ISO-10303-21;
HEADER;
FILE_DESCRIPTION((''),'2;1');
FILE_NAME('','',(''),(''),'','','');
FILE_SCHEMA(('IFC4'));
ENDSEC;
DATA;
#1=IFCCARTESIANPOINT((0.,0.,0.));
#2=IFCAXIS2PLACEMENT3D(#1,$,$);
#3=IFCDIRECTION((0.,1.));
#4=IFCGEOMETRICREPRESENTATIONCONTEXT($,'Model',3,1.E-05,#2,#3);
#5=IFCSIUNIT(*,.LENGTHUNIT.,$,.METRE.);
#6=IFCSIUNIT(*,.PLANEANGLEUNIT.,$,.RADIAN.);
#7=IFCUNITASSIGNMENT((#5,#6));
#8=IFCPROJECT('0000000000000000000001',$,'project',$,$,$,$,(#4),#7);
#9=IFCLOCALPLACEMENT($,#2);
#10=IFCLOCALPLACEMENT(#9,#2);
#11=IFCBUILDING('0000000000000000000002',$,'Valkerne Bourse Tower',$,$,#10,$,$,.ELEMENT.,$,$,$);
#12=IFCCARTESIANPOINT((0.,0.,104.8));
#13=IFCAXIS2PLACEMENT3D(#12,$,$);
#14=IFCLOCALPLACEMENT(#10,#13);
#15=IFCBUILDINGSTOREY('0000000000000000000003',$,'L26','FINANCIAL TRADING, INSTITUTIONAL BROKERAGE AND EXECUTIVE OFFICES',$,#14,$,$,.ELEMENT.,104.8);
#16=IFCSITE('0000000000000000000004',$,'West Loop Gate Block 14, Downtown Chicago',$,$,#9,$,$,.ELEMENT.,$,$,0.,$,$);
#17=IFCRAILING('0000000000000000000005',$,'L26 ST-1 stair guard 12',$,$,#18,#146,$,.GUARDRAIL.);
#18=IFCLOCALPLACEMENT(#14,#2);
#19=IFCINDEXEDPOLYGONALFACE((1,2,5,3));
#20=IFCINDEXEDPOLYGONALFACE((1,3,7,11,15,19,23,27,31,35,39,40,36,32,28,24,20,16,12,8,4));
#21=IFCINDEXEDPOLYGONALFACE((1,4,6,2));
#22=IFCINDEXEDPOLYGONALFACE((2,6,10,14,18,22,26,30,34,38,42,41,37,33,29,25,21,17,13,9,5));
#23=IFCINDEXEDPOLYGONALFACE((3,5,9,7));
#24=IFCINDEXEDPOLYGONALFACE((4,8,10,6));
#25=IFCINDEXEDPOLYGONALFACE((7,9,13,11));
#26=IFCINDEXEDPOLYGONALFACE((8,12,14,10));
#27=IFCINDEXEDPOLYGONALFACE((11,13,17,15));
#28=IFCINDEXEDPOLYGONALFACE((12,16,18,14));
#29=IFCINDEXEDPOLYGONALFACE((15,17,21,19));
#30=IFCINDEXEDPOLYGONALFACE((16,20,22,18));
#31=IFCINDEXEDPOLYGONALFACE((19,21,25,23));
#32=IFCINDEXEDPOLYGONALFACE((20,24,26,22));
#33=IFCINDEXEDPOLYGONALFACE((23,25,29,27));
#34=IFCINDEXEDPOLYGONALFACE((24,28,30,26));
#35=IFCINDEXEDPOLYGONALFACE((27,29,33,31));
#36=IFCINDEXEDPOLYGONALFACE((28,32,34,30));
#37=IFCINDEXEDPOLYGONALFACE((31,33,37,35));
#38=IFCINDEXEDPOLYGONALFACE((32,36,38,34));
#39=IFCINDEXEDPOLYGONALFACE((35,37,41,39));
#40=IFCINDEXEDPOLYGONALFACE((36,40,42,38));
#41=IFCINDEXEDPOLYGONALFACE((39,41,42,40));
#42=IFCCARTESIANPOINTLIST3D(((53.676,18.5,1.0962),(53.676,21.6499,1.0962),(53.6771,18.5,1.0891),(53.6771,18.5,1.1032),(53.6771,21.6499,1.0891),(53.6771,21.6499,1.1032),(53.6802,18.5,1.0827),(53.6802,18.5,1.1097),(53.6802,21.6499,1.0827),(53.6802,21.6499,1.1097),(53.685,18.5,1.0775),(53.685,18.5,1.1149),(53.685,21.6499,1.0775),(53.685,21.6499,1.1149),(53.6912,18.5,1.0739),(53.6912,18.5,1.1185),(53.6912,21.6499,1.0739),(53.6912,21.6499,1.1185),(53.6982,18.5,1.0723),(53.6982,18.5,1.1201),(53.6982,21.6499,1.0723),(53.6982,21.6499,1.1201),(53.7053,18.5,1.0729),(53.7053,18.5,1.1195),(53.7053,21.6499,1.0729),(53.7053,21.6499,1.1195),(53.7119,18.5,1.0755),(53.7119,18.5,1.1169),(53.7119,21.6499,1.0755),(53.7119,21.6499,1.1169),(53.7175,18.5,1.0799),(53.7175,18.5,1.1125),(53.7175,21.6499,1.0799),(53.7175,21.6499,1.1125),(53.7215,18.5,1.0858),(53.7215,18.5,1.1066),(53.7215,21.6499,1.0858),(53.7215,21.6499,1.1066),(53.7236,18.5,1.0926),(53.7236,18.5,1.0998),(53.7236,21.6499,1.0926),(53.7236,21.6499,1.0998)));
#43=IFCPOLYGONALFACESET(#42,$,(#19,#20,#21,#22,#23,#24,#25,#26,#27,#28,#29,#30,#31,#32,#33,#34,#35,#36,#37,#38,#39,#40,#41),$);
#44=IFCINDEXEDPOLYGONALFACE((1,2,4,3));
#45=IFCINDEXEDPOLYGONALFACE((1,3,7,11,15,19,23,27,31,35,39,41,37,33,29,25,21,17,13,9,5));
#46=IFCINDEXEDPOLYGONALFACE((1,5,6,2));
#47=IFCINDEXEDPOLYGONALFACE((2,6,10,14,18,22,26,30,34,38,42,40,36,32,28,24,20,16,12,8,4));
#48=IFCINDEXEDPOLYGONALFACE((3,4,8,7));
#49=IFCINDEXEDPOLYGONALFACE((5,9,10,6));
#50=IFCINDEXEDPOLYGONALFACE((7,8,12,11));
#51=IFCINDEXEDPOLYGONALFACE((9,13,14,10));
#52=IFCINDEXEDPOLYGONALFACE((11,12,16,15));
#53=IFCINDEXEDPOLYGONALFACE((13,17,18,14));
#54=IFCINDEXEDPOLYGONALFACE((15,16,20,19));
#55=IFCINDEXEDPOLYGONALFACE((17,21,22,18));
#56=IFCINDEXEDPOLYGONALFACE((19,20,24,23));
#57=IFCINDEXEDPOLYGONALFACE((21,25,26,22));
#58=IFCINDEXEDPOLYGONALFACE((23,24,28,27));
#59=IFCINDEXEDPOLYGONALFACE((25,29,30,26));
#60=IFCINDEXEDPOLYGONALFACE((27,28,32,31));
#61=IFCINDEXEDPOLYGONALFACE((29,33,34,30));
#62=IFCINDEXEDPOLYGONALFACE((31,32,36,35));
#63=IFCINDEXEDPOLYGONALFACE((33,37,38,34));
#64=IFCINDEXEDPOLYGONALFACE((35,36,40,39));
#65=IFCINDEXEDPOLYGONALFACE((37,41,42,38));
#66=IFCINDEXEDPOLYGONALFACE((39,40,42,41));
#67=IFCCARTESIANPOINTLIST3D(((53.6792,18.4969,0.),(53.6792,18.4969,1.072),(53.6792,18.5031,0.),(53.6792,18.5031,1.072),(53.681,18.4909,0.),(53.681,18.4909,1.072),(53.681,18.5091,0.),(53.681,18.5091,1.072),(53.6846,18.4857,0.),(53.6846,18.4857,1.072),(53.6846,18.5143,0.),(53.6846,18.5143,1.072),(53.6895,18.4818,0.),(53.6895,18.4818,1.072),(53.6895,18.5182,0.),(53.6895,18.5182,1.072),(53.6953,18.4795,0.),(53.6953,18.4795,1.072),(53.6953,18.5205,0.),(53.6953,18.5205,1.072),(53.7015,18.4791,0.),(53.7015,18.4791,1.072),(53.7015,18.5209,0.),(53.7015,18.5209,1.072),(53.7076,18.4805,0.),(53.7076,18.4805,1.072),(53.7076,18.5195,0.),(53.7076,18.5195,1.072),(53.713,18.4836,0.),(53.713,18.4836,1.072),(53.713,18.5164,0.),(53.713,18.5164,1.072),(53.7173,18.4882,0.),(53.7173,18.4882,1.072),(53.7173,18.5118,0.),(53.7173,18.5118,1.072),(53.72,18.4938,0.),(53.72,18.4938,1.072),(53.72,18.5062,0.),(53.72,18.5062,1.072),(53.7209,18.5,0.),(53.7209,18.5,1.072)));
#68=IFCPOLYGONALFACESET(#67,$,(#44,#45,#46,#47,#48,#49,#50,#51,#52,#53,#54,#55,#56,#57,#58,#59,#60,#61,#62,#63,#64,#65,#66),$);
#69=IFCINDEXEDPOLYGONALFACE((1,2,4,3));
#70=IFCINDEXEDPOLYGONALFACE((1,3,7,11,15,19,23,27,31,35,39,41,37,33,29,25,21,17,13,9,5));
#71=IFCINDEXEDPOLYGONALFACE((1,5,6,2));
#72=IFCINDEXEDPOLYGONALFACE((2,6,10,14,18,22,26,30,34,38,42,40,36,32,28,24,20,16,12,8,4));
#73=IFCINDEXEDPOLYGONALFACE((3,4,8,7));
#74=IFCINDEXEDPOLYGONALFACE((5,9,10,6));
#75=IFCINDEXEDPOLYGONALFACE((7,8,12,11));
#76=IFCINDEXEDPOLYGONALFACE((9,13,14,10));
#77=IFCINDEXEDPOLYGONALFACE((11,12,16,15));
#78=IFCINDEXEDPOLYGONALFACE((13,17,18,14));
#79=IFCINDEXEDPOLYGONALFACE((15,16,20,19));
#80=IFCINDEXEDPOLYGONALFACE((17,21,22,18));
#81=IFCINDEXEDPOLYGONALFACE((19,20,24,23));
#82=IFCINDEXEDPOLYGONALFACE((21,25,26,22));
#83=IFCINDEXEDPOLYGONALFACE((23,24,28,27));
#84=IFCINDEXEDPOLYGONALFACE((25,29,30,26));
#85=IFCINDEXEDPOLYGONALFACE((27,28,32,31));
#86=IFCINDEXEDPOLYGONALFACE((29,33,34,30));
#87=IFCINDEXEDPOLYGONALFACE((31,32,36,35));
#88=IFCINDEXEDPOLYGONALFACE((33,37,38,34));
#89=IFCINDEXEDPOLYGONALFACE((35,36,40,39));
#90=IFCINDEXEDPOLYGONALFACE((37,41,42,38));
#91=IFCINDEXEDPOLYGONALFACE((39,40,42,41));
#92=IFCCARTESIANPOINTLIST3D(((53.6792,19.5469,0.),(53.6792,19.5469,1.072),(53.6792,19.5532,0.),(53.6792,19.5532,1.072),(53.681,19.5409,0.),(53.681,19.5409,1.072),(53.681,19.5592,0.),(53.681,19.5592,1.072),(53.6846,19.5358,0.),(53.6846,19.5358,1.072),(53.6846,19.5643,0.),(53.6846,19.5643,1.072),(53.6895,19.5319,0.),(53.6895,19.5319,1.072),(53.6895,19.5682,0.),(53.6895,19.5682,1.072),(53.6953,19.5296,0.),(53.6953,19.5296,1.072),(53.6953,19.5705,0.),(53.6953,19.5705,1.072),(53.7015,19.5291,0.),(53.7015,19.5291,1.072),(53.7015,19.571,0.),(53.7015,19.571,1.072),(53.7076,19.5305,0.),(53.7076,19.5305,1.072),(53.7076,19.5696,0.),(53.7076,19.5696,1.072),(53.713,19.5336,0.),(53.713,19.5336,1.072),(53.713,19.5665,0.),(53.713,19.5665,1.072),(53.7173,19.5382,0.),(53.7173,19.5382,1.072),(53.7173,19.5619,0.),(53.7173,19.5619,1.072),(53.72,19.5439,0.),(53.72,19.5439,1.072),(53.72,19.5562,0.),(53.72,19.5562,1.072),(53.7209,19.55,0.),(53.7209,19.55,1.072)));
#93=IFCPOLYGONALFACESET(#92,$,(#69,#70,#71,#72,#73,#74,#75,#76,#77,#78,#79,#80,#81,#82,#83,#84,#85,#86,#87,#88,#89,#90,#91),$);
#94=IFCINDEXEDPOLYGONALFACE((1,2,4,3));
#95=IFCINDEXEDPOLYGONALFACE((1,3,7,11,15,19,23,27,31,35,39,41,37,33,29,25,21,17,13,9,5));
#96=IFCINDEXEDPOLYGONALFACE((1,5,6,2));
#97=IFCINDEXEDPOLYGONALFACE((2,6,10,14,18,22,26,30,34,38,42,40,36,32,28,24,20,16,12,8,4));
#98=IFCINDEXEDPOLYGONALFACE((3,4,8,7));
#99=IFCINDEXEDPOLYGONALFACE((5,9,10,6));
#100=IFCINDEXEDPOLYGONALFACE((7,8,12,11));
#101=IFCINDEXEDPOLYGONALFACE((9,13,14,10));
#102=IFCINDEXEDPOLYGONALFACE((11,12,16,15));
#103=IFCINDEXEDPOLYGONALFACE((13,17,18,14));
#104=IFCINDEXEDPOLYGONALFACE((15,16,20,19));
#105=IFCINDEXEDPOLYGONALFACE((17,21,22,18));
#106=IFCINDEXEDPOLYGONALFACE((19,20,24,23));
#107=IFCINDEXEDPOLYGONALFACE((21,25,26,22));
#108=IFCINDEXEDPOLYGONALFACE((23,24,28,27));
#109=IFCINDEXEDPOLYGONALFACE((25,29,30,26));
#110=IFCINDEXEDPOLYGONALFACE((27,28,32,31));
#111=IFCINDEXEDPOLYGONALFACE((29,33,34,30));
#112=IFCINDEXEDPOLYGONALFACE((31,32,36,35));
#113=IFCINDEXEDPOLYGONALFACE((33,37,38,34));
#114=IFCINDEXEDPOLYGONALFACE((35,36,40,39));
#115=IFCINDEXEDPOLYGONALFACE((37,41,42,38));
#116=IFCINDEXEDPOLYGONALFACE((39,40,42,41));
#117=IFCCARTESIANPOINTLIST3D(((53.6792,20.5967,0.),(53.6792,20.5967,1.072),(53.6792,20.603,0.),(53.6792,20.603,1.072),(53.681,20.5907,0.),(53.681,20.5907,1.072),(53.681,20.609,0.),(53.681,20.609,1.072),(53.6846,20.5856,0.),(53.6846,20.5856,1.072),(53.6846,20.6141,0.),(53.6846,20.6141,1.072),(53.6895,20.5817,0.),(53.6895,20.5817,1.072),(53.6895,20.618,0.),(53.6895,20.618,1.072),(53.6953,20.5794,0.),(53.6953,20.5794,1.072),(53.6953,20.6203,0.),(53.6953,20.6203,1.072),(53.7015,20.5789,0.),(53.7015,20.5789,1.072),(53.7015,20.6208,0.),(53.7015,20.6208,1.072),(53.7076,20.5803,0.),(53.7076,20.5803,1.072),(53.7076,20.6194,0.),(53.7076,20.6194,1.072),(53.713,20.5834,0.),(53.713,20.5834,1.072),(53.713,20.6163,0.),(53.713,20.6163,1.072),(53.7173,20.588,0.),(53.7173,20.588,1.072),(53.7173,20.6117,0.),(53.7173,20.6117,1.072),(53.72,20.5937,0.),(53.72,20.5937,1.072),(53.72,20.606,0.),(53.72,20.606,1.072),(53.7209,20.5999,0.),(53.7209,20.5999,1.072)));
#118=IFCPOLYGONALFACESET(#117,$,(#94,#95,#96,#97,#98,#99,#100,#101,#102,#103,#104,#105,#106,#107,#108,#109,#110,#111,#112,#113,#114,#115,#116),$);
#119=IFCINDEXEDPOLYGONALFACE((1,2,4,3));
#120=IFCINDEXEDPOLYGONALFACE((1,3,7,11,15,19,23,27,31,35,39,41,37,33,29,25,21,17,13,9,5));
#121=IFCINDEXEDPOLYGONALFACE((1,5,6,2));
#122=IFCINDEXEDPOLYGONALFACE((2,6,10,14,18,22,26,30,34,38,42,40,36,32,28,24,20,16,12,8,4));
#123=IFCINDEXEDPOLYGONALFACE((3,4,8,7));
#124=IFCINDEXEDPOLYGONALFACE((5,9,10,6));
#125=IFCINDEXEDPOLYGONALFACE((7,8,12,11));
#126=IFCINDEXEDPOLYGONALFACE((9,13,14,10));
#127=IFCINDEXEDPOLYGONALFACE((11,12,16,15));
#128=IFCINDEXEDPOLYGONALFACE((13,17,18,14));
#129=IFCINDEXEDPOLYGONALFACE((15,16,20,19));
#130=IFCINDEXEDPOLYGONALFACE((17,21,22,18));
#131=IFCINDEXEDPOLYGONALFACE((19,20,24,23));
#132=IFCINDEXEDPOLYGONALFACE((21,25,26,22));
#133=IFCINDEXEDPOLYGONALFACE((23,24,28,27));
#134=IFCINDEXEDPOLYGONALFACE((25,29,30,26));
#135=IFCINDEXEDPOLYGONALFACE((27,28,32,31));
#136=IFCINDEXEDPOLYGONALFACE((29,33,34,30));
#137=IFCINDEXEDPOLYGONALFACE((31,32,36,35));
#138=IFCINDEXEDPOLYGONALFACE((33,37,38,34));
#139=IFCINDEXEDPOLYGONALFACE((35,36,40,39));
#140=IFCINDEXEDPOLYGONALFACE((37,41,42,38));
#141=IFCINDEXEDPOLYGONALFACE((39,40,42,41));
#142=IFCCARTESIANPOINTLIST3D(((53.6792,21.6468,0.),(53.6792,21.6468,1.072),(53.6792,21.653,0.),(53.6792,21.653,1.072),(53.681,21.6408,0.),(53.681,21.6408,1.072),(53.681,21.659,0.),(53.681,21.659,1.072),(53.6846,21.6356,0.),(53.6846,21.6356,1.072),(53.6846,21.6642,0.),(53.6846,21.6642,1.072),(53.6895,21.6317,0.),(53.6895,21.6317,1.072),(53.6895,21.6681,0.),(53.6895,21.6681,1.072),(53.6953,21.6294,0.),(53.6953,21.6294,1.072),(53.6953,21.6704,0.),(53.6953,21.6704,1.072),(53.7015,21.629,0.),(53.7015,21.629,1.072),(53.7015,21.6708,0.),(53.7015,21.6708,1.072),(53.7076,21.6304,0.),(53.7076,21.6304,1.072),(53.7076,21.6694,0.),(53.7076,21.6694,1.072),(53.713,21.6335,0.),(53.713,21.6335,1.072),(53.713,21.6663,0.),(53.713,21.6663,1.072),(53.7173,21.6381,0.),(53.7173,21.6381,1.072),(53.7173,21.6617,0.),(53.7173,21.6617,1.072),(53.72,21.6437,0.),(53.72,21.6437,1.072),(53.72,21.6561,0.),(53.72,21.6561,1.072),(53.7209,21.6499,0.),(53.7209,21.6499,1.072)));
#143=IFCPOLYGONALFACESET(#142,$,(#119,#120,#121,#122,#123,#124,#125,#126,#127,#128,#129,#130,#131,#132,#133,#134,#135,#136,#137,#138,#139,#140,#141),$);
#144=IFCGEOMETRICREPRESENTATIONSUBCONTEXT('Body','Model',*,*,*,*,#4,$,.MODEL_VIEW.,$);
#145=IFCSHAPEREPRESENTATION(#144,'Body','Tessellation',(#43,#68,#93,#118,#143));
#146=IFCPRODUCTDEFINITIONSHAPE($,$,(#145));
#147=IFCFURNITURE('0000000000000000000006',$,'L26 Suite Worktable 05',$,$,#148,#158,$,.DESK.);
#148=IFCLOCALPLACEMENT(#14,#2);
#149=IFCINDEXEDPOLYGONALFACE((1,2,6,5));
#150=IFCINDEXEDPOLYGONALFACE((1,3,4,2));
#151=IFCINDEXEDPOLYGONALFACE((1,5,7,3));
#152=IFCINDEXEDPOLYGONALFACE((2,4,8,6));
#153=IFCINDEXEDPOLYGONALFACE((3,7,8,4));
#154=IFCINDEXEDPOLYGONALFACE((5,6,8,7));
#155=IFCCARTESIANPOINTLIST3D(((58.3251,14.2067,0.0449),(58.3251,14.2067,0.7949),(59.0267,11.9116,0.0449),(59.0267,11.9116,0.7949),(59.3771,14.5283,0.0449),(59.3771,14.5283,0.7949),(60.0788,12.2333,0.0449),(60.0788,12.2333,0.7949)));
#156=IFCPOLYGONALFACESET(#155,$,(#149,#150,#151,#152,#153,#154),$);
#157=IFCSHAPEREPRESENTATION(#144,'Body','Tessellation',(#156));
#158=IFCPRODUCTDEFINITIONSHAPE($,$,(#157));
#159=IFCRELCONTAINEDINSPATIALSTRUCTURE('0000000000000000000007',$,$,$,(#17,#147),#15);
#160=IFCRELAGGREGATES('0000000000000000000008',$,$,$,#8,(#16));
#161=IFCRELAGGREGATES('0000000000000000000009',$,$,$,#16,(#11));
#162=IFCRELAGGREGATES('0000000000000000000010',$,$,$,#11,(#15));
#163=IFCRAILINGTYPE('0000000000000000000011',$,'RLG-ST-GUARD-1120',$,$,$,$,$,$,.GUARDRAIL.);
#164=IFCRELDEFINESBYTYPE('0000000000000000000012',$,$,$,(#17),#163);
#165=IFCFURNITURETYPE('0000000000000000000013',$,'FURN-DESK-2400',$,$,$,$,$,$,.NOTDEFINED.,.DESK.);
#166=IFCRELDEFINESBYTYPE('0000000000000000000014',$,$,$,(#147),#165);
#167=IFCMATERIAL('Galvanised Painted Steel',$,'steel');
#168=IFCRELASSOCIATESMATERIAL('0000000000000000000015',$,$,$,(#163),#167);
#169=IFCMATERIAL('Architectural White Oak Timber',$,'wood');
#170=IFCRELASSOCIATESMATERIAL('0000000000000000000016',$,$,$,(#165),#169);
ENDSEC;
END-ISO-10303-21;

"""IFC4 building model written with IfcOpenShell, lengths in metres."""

from ifc_helpers import new_model, si_unit, direction, frame, origin, origin_2d, place, context, subcontext, project, spatial, rectangle, circle, extrude, material, type_object, element, save


model = new_model("IFC4")

# Units and contexts
model_context = context("Model", 3, precision=1e-05, world=origin(), true_north=direction((0.0, 1.0)))
body_context = subcontext(model_context, "Body", "Model", "MODEL_VIEW")
ifc_project = project(units=[si_unit("LENGTHUNIT", "METRE"), si_unit("PLANEANGLEUNIT", "RADIAN")], contexts=[model_context])

# Site, building, storey
site_placement = place(None, origin())
site = spatial("IfcSite", under=ifc_project, at=site_placement, Name="West Loop Gate Block 14, Downtown Chicago", CompositionType="ELEMENT", RefElevation=0.0)
building_placement = place(site_placement, origin())
building = spatial("IfcBuilding", under=site, at=building_placement, Name="Valkerne Bourse Tower", CompositionType="ELEMENT")
storey_placement = place(building_placement, frame((0.0, 0.0, 104.8)))
storey = spatial("IfcBuildingStorey", under=building, at=storey_placement, Name="L26", Description="FINANCIAL TRADING, INSTITUTIONAL BROKERAGE AND EXECUTIVE OFFICES", CompositionType="ELEMENT", Elevation=104.8)

# Shared definitions
ifc_material_1 = material(Name="Galvanised Painted Steel", Category="steel")

# Shared definitions
ifc_material_2 = material(Name="Architectural White Oak Timber", Category="wood")

# Railing
railing_type = type_object("IfcRailingType", Name="RLG-ST-GUARD-1120", PredefinedType="GUARDRAIL", material=ifc_material_1)
railing_1_placement = place(storey_placement, frame((53.7, 18.5, 0.0)))
element("IfcRailing", 1, at=railing_1_placement, inside=storey, type_object=railing_type, Name="L26 ST-1 stair guard 12", PredefinedType="GUARDRAIL", context=body_context, shape_type="SweptSolid", body=[
    extrude(circle(Radius=0.0239, at=origin_2d()), frame((0.0, 0.0, 1.0962), z_axis=(0.0, 1.0, 0.0), x_axis=(-1.0, 0.0, 0.0)), (0.0, 0.0, 1.0), 3.1499),
    extrude(circle(Radius=0.021, at=origin_2d()), origin(), (0.0, 0.0, 1.0), 1.072),
    extrude(circle(Radius=0.021, at=origin_2d()), frame((0.0, 1.05, 0.0)), (0.0, 0.0, 1.0), 1.072),
    extrude(circle(Radius=0.021, at=origin_2d()), frame((0.0, 2.0999, 0.0)), (0.0, 0.0, 1.0), 1.072),
    extrude(circle(Radius=0.021, at=origin_2d()), frame((0.0, 3.1499, 0.0)), (0.0, 0.0, 1.0), 1.072),
])

# Furniture
furniture_type = type_object("IfcFurnitureType", Name="FURN-DESK-2400", AssemblyPlace="NOTDEFINED", PredefinedType="DESK", material=ifc_material_2)
furniture_placement = place(storey_placement, frame((59.2019, 13.22, 0.0449), z_axis=(0.0, 0.0, 1.0), x_axis=(-0.292372, 0.956305, 0.0)))
element("IfcFurniture", 2, at=furniture_placement, inside=storey, type_object=furniture_type, Name="L26 Suite Worktable 05", PredefinedType="DESK", context=body_context, shape_type="SweptSolid", body=[
    extrude(rectangle(XDim=2.3999, YDim=1.1001, at=origin_2d()), origin(), (0.0, 0.0, 1.0), 0.75),
])

save(model, "model.ifc")
